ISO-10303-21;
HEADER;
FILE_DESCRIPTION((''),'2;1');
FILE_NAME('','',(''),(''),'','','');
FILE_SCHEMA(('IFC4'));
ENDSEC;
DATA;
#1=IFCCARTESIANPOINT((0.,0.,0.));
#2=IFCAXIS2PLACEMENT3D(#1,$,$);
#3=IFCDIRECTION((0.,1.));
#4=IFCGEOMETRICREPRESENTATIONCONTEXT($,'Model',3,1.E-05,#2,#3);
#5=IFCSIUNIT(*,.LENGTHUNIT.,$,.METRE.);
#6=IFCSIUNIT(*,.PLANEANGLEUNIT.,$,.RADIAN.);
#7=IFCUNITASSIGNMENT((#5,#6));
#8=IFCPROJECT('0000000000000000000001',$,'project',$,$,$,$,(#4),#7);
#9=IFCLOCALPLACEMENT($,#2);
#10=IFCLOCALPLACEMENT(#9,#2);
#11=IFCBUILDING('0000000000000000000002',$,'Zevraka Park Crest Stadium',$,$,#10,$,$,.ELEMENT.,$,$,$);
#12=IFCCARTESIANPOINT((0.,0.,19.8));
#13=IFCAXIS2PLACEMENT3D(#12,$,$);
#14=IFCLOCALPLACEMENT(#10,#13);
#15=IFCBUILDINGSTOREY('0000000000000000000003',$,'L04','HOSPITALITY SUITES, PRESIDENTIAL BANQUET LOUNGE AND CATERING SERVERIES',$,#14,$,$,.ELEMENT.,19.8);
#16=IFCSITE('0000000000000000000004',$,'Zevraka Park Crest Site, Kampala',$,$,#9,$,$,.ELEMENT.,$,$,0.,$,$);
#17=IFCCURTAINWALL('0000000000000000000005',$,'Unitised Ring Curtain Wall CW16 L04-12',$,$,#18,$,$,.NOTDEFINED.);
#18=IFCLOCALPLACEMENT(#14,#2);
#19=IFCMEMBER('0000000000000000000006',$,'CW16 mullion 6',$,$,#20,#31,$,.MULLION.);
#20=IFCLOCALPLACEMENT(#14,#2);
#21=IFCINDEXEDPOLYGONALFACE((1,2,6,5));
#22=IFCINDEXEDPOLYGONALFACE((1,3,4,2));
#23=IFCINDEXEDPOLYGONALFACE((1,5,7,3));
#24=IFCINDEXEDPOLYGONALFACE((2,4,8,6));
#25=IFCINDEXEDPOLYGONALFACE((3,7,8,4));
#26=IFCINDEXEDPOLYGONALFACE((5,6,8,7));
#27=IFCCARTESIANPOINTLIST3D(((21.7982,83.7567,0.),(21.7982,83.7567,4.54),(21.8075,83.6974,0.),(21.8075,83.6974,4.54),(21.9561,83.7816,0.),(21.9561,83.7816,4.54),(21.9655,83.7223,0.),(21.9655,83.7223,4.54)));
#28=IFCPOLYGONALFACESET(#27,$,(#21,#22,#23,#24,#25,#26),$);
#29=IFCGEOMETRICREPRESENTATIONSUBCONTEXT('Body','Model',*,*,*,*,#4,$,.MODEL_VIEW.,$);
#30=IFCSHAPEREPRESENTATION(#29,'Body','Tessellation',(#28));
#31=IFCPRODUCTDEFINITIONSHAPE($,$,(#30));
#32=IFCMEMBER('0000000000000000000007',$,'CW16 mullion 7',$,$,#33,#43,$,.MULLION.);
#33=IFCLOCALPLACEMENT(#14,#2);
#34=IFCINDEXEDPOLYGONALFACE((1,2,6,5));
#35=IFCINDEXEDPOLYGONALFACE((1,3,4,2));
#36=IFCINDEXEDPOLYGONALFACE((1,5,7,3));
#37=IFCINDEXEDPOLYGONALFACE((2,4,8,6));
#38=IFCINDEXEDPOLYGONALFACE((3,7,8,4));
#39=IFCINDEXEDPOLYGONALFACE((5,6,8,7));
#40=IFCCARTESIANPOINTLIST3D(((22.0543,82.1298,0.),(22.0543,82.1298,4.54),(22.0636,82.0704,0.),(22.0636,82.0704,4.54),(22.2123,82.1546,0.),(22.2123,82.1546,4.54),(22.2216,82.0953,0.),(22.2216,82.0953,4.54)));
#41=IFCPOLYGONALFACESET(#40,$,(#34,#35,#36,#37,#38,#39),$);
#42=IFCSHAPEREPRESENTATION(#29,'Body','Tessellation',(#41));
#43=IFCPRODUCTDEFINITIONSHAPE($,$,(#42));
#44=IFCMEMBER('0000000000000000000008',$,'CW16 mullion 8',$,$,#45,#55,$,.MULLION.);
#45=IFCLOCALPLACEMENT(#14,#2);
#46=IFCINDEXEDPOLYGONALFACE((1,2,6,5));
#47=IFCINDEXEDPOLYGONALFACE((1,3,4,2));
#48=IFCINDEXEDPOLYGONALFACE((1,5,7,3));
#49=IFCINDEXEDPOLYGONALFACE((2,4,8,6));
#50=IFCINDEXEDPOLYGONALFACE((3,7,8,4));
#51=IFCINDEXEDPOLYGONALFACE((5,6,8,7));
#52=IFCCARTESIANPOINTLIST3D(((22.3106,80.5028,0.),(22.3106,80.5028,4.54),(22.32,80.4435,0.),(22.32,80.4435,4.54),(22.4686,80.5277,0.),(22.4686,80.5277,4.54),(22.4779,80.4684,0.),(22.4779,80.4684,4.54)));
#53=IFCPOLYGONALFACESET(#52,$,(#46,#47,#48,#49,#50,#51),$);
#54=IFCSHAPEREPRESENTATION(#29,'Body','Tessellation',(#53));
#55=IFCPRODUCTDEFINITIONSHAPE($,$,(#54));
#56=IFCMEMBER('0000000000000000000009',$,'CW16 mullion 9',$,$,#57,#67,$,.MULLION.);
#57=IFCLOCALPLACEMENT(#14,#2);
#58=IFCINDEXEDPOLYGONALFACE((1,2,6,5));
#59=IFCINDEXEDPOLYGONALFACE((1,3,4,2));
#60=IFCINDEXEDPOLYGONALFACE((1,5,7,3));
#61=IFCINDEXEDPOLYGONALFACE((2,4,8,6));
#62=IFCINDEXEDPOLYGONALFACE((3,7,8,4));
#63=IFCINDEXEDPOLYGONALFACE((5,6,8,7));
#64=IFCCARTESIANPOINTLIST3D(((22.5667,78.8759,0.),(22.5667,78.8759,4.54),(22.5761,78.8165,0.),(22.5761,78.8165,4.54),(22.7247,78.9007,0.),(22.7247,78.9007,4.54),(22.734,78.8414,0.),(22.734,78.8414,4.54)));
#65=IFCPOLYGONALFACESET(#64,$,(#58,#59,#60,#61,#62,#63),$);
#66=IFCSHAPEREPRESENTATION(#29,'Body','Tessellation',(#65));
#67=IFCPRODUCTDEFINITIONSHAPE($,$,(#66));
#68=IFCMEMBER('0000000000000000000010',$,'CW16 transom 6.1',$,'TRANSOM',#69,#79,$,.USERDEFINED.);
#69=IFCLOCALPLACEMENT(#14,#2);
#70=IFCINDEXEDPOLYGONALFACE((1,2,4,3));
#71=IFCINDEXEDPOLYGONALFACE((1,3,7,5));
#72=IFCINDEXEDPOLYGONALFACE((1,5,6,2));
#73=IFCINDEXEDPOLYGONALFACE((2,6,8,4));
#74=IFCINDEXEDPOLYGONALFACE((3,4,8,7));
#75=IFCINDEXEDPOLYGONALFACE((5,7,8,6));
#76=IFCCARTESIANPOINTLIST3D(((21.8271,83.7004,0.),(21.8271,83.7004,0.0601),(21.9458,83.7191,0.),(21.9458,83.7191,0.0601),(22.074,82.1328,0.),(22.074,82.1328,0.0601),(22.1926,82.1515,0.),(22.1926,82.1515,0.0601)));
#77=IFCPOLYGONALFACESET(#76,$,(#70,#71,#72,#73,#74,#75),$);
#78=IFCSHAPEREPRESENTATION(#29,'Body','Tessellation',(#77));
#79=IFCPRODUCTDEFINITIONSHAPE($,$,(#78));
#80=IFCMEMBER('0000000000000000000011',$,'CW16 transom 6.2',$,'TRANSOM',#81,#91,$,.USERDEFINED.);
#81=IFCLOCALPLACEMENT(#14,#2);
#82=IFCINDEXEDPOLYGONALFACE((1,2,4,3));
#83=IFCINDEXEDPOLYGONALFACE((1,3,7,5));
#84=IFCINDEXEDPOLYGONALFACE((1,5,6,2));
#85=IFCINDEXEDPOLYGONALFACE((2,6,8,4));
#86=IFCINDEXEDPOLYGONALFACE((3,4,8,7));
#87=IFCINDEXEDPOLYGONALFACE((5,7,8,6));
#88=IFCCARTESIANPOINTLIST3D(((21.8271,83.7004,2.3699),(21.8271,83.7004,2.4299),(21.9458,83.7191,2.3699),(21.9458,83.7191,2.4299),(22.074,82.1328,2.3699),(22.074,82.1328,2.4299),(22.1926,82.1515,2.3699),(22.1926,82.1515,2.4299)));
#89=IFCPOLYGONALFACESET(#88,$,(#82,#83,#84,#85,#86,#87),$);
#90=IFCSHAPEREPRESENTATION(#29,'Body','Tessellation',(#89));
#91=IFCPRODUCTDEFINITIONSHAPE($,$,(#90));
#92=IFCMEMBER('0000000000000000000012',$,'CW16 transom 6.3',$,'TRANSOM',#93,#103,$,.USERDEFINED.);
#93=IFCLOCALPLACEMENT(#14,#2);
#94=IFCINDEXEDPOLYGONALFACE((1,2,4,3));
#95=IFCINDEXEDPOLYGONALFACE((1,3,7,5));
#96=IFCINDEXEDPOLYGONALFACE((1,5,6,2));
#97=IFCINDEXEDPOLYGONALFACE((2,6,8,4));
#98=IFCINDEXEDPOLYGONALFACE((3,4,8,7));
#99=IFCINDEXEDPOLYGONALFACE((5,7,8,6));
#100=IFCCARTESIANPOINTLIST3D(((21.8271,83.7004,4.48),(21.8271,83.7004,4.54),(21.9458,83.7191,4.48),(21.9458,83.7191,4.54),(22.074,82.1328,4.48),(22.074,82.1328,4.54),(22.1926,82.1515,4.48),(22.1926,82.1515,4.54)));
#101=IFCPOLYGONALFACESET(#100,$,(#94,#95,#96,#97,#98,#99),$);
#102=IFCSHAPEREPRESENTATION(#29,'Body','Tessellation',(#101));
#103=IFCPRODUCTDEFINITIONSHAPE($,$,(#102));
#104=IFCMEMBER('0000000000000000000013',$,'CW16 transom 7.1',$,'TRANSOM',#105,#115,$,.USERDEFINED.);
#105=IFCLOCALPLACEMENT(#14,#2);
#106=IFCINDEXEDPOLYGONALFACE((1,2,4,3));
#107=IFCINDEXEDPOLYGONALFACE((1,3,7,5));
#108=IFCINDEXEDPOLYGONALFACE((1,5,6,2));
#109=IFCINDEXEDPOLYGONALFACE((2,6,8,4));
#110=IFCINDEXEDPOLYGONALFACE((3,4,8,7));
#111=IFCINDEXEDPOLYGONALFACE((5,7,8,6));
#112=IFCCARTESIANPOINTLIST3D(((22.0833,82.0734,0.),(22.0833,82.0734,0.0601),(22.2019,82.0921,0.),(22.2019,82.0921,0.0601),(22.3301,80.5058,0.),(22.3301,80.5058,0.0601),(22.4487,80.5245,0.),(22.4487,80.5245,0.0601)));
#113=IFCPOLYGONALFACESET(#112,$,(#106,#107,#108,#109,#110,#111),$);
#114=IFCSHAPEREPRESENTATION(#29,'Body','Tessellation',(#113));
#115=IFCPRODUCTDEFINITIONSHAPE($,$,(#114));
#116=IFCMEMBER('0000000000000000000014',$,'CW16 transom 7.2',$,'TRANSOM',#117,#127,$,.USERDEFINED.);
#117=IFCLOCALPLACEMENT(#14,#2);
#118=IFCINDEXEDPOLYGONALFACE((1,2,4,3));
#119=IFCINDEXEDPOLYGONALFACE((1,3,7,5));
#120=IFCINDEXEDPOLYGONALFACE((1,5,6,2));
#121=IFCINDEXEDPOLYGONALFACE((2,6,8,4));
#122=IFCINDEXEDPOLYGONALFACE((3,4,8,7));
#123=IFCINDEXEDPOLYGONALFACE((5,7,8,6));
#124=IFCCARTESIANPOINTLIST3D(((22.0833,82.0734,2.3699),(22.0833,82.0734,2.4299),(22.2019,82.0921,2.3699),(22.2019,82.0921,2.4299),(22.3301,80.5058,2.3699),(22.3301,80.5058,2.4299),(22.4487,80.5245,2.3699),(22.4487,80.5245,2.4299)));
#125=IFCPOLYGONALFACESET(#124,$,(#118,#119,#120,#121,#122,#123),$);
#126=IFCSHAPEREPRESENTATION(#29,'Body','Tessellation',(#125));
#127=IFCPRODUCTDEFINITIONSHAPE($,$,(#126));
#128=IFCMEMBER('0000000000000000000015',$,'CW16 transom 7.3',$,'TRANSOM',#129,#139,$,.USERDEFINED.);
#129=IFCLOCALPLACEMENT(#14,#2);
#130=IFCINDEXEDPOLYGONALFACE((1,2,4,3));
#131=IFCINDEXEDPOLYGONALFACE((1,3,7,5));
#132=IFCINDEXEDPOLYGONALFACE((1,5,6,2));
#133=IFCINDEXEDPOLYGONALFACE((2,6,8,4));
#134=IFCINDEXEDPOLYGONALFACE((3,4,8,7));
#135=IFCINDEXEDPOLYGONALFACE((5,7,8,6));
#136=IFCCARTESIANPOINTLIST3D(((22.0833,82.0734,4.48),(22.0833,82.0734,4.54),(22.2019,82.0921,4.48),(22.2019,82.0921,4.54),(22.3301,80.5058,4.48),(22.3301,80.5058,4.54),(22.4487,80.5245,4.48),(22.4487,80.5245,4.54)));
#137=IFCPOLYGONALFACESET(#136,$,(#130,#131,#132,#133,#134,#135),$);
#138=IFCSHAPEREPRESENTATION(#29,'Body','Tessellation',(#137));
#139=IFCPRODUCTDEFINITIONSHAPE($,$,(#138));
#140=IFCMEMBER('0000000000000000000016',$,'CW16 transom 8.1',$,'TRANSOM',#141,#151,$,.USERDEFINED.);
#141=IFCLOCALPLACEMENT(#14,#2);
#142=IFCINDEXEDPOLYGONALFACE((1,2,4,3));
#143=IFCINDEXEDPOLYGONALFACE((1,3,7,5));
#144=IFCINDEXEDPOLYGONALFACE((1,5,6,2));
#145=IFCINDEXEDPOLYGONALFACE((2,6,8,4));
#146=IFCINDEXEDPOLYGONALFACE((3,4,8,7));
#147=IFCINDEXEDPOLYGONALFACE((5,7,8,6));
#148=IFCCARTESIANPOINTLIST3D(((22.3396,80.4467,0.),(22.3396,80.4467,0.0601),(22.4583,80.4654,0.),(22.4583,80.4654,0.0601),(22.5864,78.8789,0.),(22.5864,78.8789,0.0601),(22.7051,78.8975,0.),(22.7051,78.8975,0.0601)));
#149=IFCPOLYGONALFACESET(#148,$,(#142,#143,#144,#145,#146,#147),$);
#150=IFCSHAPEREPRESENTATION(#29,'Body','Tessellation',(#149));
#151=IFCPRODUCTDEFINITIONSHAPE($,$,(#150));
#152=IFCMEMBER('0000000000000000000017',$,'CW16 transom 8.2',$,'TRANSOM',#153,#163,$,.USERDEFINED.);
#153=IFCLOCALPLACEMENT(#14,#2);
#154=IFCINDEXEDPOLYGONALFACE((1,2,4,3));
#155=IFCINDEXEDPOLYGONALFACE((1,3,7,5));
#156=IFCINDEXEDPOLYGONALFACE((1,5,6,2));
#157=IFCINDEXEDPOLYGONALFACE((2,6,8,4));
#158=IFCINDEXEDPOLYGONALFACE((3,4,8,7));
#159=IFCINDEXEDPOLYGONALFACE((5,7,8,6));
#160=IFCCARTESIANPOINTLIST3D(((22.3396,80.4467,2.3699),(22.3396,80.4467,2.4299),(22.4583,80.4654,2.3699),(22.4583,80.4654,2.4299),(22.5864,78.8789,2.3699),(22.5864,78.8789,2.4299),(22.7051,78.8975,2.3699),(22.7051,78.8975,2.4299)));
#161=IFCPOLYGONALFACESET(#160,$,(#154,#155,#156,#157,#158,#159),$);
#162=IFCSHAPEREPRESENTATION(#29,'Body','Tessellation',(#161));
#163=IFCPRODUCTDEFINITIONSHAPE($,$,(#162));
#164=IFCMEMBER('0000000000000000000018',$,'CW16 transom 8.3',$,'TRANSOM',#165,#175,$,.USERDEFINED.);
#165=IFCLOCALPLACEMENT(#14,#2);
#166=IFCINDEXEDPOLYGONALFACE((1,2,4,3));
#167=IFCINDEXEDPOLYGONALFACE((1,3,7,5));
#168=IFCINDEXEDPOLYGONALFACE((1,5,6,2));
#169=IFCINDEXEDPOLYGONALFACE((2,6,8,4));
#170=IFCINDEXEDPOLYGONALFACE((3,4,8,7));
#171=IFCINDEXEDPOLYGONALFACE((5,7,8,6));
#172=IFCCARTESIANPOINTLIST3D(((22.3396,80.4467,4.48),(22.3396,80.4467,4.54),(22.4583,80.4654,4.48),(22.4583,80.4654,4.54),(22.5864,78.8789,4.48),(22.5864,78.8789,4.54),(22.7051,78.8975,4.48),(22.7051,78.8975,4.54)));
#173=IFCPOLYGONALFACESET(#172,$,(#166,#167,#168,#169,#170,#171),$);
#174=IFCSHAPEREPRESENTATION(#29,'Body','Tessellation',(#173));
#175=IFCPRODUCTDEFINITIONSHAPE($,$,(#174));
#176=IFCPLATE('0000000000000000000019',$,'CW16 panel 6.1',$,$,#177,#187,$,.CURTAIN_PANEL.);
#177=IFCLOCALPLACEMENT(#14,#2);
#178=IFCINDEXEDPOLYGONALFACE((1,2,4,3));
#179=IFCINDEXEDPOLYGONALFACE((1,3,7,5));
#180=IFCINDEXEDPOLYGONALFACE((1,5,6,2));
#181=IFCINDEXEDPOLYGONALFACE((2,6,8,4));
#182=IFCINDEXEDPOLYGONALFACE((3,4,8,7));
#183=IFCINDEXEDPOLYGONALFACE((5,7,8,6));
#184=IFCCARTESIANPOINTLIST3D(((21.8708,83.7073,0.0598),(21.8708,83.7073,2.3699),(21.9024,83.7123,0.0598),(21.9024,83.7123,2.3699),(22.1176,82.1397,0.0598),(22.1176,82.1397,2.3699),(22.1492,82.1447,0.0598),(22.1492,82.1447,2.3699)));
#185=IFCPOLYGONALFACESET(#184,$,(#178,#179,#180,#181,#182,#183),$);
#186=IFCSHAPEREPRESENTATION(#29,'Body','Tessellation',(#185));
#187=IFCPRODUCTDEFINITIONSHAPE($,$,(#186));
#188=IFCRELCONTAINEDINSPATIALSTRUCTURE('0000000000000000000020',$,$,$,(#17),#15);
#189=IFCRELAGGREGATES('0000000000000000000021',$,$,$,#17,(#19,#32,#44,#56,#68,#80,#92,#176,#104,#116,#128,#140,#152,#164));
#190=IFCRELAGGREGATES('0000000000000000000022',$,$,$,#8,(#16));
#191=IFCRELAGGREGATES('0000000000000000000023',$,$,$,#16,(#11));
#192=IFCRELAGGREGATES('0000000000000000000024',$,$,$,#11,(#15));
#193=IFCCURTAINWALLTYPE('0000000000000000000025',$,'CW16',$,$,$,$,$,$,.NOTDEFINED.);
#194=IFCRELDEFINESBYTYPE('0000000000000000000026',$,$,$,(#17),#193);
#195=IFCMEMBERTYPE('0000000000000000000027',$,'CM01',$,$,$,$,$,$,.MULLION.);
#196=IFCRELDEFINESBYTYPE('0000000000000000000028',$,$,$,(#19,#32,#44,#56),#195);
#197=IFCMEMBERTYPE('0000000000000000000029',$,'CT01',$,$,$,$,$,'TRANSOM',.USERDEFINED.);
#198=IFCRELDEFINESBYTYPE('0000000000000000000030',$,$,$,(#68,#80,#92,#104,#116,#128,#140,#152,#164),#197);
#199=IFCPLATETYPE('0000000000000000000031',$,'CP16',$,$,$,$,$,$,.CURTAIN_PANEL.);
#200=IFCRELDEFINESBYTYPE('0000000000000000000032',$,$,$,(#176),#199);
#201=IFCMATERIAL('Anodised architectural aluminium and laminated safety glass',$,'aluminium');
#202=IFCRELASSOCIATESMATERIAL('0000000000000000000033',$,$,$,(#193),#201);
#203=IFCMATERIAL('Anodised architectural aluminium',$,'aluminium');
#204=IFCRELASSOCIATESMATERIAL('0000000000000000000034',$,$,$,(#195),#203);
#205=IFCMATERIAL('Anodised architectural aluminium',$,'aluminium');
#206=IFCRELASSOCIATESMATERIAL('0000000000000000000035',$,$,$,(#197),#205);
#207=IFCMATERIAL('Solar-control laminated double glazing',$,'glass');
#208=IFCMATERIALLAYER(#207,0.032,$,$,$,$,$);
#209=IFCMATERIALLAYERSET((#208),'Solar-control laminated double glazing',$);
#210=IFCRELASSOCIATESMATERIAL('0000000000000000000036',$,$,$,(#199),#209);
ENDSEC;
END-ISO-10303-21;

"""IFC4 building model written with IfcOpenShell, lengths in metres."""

from ifc_helpers import new_model, si_unit, direction, frame, origin, origin_2d, place, context, subcontext, project, spatial, rectangle, extrude, material, layer, layer_set, material_profile, profile_set, type_object, element, aggregate, save


model = new_model("IFC4")

# Units and contexts
model_context = context("Model", 3, precision=1e-05, world=origin(), true_north=direction((0.0, 1.0)))
body_context = subcontext(model_context, "Body", "Model", "MODEL_VIEW")
ifc_project = project(units=[si_unit("LENGTHUNIT", "METRE"), si_unit("PLANEANGLEUNIT", "RADIAN")], contexts=[model_context])

# Site, building, storey
site_placement = place(None, origin())
site = spatial("IfcSite", under=ifc_project, at=site_placement, Name="Zevraka Park Crest Site, Kampala", CompositionType="ELEMENT", RefElevation=0.0)
building_placement = place(site_placement, origin())
building = spatial("IfcBuilding", under=site, at=building_placement, Name="Zevraka Park Crest Stadium", CompositionType="ELEMENT")
storey_placement = place(building_placement, frame((0.0, 0.0, 19.8)))
storey = spatial("IfcBuildingStorey", under=building, at=storey_placement, Name="L04", Description="HOSPITALITY SUITES, PRESIDENTIAL BANQUET LOUNGE AND CATERING SERVERIES", CompositionType="ELEMENT", Elevation=19.8)

# Curtain wall, members, plate
ifc_material_1 = material(Name="Anodised architectural aluminium and laminated safety glass", Category="aluminium")
curtain_wall_type = type_object("IfcCurtainWallType", Name="CW16", PredefinedType="NOTDEFINED", material=ifc_material_1)
curtain_wall_placement = place(storey_placement, origin())
curtain_wall = element("IfcCurtainWall", 1, at=curtain_wall_placement, inside=storey, type_object=curtain_wall_type, Name="Unitised Ring Curtain Wall CW16 L04-12", PredefinedType="NOTDEFINED")
ifc_material_2 = material(Name="Anodised architectural aluminium", Category="aluminium")
ifc_material_profile_1 = material_profile(ifc_material_2, rectangle(XDim=0.1599, YDim=0.0601, at=origin_2d()), Name="ALU MULLION 160x60")
ifc_profile_set_1 = profile_set([ifc_material_profile_1], Name="Anodised architectural aluminium")
member_type_1 = type_object("IfcMemberType", Name="CM01", PredefinedType="MULLION", material=ifc_profile_set_1)
member_1_placement = place(storey_placement, frame((21.8818, 83.7395, 0.0), z_axis=(0.0, 0.0, 1.0), x_axis=(0.98783, 0.155539, 0.0)))
member_1 = element("IfcMember", 2, at=member_1_placement, type_object=member_type_1, Name="CW16 mullion 6", PredefinedType="MULLION", context=body_context, shape_type="SweptSolid", body=[
    extrude(rectangle(XDim=0.1599, YDim=0.0601, at=origin_2d()), origin(), (0.0, 0.0, 1.0), 4.54),
])
member_2_placement = place(storey_placement, frame((22.1379, 82.1125, 0.0), z_axis=(0.0, 0.0, 1.0), x_axis=(0.98783, 0.155539, 0.0)))
member_2 = element("IfcMember", 3, at=member_2_placement, type_object=member_type_1, Name="CW16 mullion 7", PredefinedType="MULLION", context=body_context, shape_type="SweptSolid", body=[
    extrude(rectangle(XDim=0.1599, YDim=0.0601, at=origin_2d()), origin(), (0.0, 0.0, 1.0), 4.54),
])
member_3_placement = place(storey_placement, frame((22.3943, 80.4856, 0.0), z_axis=(0.0, 0.0, 1.0), x_axis=(0.98783, 0.155539, 0.0)))
member_3 = element("IfcMember", 4, at=member_3_placement, type_object=member_type_1, Name="CW16 mullion 8", PredefinedType="MULLION", context=body_context, shape_type="SweptSolid", body=[
    extrude(rectangle(XDim=0.1599, YDim=0.0601, at=origin_2d()), origin(), (0.0, 0.0, 1.0), 4.54),
])
member_4_placement = place(storey_placement, frame((22.6504, 78.8586, 0.0), z_axis=(0.0, 0.0, 1.0), x_axis=(0.98783, 0.155539, 0.0)))
member_4 = element("IfcMember", 5, at=member_4_placement, type_object=member_type_1, Name="CW16 mullion 9", PredefinedType="MULLION", context=body_context, shape_type="SweptSolid", body=[
    extrude(rectangle(XDim=0.1599, YDim=0.0601, at=origin_2d()), origin(), (0.0, 0.0, 1.0), 4.54),
])
ifc_material_3 = material(Name="Anodised architectural aluminium", Category="aluminium")
ifc_material_profile_2 = material_profile(ifc_material_3, rectangle(XDim=0.1201, YDim=0.0601, at=origin_2d()), Name="ALU TRANSOM 120x60")
ifc_profile_set_2 = profile_set([ifc_material_profile_2], Name="Anodised architectural aluminium")
member_type_2 = type_object("IfcMemberType", Name="CT01", ElementType="TRANSOM", PredefinedType="USERDEFINED", material=ifc_profile_set_2)
member_5_placement = place(storey_placement, frame((21.8865, 83.7097, 0.03), z_axis=(0.155536, -0.98783, 0.0), x_axis=(0.98783, 0.155536, 0.0)))
member_5 = element("IfcMember", 6, at=member_5_placement, type_object=member_type_2, Name="CW16 transom 6.1", ObjectType="TRANSOM", PredefinedType="USERDEFINED", context=body_context, shape_type="SweptSolid", body=[
    extrude(rectangle(XDim=0.1201, YDim=0.0601, at=origin_2d()), origin(), (0.0, 0.0, 1.0), 1.5869),
])
member_6_placement = place(storey_placement, frame((21.8865, 83.7097, 2.3999), z_axis=(0.155536, -0.98783, 0.0), x_axis=(0.98783, 0.155536, 0.0)))
member_6 = element("IfcMember", 7, at=member_6_placement, type_object=member_type_2, Name="CW16 transom 6.2", ObjectType="TRANSOM", PredefinedType="USERDEFINED", context=body_context, shape_type="SweptSolid", body=[
    extrude(rectangle(XDim=0.1201, YDim=0.0601, at=origin_2d()), origin(), (0.0, 0.0, 1.0), 1.5869),
])
member_7_placement = place(storey_placement, frame((21.8865, 83.7097, 4.51), z_axis=(0.155536, -0.98783, 0.0), x_axis=(0.98783, 0.155536, 0.0)))
member_7 = element("IfcMember", 8, at=member_7_placement, type_object=member_type_2, Name="CW16 transom 6.3", ObjectType="TRANSOM", PredefinedType="USERDEFINED", context=body_context, shape_type="SweptSolid", body=[
    extrude(rectangle(XDim=0.1201, YDim=0.0601, at=origin_2d()), origin(), (0.0, 0.0, 1.0), 1.5869),
])
member_8_placement = place(storey_placement, frame((22.1426, 82.0828, 0.03), z_axis=(0.155536, -0.98783, 0.0), x_axis=(0.98783, 0.155536, 0.0)))
member_8 = element("IfcMember", 9, at=member_8_placement, type_object=member_type_2, Name="CW16 transom 7.1", ObjectType="TRANSOM", PredefinedType="USERDEFINED", context=body_context, shape_type="SweptSolid", body=[
    extrude(rectangle(XDim=0.1201, YDim=0.0601, at=origin_2d()), origin(), (0.0, 0.0, 1.0), 1.5869),
])
member_9_placement = place(storey_placement, frame((22.1426, 82.0828, 2.3999), z_axis=(0.155536, -0.98783, 0.0), x_axis=(0.98783, 0.155536, 0.0)))
member_9 = element("IfcMember", 10, at=member_9_placement, type_object=member_type_2, Name="CW16 transom 7.2", ObjectType="TRANSOM", PredefinedType="USERDEFINED", context=body_context, shape_type="SweptSolid", body=[
    extrude(rectangle(XDim=0.1201, YDim=0.0601, at=origin_2d()), origin(), (0.0, 0.0, 1.0), 1.5869),
])
member_10_placement = place(storey_placement, frame((22.1426, 82.0828, 4.51), z_axis=(0.155536, -0.98783, 0.0), x_axis=(0.98783, 0.155536, 0.0)))
member_10 = element("IfcMember", 11, at=member_10_placement, type_object=member_type_2, Name="CW16 transom 7.3", ObjectType="TRANSOM", PredefinedType="USERDEFINED", context=body_context, shape_type="SweptSolid", body=[
    extrude(rectangle(XDim=0.1201, YDim=0.0601, at=origin_2d()), origin(), (0.0, 0.0, 1.0), 1.5869),
])
member_11_placement = place(storey_placement, frame((22.3989, 80.4561, 0.03), z_axis=(0.155512, -0.987834, 0.0), x_axis=(0.987834, 0.155512, 0.0)))
member_11 = element("IfcMember", 12, at=member_11_placement, type_object=member_type_2, Name="CW16 transom 8.1", ObjectType="TRANSOM", PredefinedType="USERDEFINED", context=body_context, shape_type="SweptSolid", body=[
    extrude(rectangle(XDim=0.1201, YDim=0.0601, at=origin_2d()), origin(), (0.0, 0.0, 1.0), 1.5872),
])
member_12_placement = place(storey_placement, frame((22.3989, 80.4561, 2.3999), z_axis=(0.155512, -0.987834, 0.0), x_axis=(0.987834, 0.155512, 0.0)))
member_12 = element("IfcMember", 13, at=member_12_placement, type_object=member_type_2, Name="CW16 transom 8.2", ObjectType="TRANSOM", PredefinedType="USERDEFINED", context=body_context, shape_type="SweptSolid", body=[
    extrude(rectangle(XDim=0.1201, YDim=0.0601, at=origin_2d()), origin(), (0.0, 0.0, 1.0), 1.5872),
])
member_13_placement = place(storey_placement, frame((22.3989, 80.4561, 4.51), z_axis=(0.155512, -0.987834, 0.0), x_axis=(0.987834, 0.155512, 0.0)))
member_13 = element("IfcMember", 14, at=member_13_placement, type_object=member_type_2, Name="CW16 transom 8.3", ObjectType="TRANSOM", PredefinedType="USERDEFINED", context=body_context, shape_type="SweptSolid", body=[
    extrude(rectangle(XDim=0.1201, YDim=0.0601, at=origin_2d()), origin(), (0.0, 0.0, 1.0), 1.5872),
])
ifc_material_4 = material(Name="Solar-control laminated double glazing", Category="glass")
ifc_layer_1 = layer(ifc_material_4, 0.032)
ifc_layer_set_1 = layer_set([ifc_layer_1], Name="Solar-control laminated double glazing")
plate_type = type_object("IfcPlateType", Name="CP16", PredefinedType="CURTAIN_PANEL", material=ifc_layer_set_1)
plate_1_placement = place(storey_placement, frame((22.01, 82.926, 0.0598), z_axis=(0.0, 0.0, 1.0), x_axis=(0.155539, -0.98783, 0.0)))
plate_1 = element("IfcPlate", 15, at=plate_1_placement, type_object=plate_type, Name="CW16 panel 6.1", PredefinedType="CURTAIN_PANEL", context=body_context, shape_type="SweptSolid", body=[
    extrude(rectangle(XDim=1.5869, YDim=0.032, at=origin_2d()), origin(), (0.0, 0.0, 1.0), 2.3101),
])
aggregate(curtain_wall, [member_1, member_2, member_3, member_4, member_5, member_6, member_7, plate_1, member_8, member_9, member_10, member_11, member_12, member_13])

save(model, "model.ifc")
